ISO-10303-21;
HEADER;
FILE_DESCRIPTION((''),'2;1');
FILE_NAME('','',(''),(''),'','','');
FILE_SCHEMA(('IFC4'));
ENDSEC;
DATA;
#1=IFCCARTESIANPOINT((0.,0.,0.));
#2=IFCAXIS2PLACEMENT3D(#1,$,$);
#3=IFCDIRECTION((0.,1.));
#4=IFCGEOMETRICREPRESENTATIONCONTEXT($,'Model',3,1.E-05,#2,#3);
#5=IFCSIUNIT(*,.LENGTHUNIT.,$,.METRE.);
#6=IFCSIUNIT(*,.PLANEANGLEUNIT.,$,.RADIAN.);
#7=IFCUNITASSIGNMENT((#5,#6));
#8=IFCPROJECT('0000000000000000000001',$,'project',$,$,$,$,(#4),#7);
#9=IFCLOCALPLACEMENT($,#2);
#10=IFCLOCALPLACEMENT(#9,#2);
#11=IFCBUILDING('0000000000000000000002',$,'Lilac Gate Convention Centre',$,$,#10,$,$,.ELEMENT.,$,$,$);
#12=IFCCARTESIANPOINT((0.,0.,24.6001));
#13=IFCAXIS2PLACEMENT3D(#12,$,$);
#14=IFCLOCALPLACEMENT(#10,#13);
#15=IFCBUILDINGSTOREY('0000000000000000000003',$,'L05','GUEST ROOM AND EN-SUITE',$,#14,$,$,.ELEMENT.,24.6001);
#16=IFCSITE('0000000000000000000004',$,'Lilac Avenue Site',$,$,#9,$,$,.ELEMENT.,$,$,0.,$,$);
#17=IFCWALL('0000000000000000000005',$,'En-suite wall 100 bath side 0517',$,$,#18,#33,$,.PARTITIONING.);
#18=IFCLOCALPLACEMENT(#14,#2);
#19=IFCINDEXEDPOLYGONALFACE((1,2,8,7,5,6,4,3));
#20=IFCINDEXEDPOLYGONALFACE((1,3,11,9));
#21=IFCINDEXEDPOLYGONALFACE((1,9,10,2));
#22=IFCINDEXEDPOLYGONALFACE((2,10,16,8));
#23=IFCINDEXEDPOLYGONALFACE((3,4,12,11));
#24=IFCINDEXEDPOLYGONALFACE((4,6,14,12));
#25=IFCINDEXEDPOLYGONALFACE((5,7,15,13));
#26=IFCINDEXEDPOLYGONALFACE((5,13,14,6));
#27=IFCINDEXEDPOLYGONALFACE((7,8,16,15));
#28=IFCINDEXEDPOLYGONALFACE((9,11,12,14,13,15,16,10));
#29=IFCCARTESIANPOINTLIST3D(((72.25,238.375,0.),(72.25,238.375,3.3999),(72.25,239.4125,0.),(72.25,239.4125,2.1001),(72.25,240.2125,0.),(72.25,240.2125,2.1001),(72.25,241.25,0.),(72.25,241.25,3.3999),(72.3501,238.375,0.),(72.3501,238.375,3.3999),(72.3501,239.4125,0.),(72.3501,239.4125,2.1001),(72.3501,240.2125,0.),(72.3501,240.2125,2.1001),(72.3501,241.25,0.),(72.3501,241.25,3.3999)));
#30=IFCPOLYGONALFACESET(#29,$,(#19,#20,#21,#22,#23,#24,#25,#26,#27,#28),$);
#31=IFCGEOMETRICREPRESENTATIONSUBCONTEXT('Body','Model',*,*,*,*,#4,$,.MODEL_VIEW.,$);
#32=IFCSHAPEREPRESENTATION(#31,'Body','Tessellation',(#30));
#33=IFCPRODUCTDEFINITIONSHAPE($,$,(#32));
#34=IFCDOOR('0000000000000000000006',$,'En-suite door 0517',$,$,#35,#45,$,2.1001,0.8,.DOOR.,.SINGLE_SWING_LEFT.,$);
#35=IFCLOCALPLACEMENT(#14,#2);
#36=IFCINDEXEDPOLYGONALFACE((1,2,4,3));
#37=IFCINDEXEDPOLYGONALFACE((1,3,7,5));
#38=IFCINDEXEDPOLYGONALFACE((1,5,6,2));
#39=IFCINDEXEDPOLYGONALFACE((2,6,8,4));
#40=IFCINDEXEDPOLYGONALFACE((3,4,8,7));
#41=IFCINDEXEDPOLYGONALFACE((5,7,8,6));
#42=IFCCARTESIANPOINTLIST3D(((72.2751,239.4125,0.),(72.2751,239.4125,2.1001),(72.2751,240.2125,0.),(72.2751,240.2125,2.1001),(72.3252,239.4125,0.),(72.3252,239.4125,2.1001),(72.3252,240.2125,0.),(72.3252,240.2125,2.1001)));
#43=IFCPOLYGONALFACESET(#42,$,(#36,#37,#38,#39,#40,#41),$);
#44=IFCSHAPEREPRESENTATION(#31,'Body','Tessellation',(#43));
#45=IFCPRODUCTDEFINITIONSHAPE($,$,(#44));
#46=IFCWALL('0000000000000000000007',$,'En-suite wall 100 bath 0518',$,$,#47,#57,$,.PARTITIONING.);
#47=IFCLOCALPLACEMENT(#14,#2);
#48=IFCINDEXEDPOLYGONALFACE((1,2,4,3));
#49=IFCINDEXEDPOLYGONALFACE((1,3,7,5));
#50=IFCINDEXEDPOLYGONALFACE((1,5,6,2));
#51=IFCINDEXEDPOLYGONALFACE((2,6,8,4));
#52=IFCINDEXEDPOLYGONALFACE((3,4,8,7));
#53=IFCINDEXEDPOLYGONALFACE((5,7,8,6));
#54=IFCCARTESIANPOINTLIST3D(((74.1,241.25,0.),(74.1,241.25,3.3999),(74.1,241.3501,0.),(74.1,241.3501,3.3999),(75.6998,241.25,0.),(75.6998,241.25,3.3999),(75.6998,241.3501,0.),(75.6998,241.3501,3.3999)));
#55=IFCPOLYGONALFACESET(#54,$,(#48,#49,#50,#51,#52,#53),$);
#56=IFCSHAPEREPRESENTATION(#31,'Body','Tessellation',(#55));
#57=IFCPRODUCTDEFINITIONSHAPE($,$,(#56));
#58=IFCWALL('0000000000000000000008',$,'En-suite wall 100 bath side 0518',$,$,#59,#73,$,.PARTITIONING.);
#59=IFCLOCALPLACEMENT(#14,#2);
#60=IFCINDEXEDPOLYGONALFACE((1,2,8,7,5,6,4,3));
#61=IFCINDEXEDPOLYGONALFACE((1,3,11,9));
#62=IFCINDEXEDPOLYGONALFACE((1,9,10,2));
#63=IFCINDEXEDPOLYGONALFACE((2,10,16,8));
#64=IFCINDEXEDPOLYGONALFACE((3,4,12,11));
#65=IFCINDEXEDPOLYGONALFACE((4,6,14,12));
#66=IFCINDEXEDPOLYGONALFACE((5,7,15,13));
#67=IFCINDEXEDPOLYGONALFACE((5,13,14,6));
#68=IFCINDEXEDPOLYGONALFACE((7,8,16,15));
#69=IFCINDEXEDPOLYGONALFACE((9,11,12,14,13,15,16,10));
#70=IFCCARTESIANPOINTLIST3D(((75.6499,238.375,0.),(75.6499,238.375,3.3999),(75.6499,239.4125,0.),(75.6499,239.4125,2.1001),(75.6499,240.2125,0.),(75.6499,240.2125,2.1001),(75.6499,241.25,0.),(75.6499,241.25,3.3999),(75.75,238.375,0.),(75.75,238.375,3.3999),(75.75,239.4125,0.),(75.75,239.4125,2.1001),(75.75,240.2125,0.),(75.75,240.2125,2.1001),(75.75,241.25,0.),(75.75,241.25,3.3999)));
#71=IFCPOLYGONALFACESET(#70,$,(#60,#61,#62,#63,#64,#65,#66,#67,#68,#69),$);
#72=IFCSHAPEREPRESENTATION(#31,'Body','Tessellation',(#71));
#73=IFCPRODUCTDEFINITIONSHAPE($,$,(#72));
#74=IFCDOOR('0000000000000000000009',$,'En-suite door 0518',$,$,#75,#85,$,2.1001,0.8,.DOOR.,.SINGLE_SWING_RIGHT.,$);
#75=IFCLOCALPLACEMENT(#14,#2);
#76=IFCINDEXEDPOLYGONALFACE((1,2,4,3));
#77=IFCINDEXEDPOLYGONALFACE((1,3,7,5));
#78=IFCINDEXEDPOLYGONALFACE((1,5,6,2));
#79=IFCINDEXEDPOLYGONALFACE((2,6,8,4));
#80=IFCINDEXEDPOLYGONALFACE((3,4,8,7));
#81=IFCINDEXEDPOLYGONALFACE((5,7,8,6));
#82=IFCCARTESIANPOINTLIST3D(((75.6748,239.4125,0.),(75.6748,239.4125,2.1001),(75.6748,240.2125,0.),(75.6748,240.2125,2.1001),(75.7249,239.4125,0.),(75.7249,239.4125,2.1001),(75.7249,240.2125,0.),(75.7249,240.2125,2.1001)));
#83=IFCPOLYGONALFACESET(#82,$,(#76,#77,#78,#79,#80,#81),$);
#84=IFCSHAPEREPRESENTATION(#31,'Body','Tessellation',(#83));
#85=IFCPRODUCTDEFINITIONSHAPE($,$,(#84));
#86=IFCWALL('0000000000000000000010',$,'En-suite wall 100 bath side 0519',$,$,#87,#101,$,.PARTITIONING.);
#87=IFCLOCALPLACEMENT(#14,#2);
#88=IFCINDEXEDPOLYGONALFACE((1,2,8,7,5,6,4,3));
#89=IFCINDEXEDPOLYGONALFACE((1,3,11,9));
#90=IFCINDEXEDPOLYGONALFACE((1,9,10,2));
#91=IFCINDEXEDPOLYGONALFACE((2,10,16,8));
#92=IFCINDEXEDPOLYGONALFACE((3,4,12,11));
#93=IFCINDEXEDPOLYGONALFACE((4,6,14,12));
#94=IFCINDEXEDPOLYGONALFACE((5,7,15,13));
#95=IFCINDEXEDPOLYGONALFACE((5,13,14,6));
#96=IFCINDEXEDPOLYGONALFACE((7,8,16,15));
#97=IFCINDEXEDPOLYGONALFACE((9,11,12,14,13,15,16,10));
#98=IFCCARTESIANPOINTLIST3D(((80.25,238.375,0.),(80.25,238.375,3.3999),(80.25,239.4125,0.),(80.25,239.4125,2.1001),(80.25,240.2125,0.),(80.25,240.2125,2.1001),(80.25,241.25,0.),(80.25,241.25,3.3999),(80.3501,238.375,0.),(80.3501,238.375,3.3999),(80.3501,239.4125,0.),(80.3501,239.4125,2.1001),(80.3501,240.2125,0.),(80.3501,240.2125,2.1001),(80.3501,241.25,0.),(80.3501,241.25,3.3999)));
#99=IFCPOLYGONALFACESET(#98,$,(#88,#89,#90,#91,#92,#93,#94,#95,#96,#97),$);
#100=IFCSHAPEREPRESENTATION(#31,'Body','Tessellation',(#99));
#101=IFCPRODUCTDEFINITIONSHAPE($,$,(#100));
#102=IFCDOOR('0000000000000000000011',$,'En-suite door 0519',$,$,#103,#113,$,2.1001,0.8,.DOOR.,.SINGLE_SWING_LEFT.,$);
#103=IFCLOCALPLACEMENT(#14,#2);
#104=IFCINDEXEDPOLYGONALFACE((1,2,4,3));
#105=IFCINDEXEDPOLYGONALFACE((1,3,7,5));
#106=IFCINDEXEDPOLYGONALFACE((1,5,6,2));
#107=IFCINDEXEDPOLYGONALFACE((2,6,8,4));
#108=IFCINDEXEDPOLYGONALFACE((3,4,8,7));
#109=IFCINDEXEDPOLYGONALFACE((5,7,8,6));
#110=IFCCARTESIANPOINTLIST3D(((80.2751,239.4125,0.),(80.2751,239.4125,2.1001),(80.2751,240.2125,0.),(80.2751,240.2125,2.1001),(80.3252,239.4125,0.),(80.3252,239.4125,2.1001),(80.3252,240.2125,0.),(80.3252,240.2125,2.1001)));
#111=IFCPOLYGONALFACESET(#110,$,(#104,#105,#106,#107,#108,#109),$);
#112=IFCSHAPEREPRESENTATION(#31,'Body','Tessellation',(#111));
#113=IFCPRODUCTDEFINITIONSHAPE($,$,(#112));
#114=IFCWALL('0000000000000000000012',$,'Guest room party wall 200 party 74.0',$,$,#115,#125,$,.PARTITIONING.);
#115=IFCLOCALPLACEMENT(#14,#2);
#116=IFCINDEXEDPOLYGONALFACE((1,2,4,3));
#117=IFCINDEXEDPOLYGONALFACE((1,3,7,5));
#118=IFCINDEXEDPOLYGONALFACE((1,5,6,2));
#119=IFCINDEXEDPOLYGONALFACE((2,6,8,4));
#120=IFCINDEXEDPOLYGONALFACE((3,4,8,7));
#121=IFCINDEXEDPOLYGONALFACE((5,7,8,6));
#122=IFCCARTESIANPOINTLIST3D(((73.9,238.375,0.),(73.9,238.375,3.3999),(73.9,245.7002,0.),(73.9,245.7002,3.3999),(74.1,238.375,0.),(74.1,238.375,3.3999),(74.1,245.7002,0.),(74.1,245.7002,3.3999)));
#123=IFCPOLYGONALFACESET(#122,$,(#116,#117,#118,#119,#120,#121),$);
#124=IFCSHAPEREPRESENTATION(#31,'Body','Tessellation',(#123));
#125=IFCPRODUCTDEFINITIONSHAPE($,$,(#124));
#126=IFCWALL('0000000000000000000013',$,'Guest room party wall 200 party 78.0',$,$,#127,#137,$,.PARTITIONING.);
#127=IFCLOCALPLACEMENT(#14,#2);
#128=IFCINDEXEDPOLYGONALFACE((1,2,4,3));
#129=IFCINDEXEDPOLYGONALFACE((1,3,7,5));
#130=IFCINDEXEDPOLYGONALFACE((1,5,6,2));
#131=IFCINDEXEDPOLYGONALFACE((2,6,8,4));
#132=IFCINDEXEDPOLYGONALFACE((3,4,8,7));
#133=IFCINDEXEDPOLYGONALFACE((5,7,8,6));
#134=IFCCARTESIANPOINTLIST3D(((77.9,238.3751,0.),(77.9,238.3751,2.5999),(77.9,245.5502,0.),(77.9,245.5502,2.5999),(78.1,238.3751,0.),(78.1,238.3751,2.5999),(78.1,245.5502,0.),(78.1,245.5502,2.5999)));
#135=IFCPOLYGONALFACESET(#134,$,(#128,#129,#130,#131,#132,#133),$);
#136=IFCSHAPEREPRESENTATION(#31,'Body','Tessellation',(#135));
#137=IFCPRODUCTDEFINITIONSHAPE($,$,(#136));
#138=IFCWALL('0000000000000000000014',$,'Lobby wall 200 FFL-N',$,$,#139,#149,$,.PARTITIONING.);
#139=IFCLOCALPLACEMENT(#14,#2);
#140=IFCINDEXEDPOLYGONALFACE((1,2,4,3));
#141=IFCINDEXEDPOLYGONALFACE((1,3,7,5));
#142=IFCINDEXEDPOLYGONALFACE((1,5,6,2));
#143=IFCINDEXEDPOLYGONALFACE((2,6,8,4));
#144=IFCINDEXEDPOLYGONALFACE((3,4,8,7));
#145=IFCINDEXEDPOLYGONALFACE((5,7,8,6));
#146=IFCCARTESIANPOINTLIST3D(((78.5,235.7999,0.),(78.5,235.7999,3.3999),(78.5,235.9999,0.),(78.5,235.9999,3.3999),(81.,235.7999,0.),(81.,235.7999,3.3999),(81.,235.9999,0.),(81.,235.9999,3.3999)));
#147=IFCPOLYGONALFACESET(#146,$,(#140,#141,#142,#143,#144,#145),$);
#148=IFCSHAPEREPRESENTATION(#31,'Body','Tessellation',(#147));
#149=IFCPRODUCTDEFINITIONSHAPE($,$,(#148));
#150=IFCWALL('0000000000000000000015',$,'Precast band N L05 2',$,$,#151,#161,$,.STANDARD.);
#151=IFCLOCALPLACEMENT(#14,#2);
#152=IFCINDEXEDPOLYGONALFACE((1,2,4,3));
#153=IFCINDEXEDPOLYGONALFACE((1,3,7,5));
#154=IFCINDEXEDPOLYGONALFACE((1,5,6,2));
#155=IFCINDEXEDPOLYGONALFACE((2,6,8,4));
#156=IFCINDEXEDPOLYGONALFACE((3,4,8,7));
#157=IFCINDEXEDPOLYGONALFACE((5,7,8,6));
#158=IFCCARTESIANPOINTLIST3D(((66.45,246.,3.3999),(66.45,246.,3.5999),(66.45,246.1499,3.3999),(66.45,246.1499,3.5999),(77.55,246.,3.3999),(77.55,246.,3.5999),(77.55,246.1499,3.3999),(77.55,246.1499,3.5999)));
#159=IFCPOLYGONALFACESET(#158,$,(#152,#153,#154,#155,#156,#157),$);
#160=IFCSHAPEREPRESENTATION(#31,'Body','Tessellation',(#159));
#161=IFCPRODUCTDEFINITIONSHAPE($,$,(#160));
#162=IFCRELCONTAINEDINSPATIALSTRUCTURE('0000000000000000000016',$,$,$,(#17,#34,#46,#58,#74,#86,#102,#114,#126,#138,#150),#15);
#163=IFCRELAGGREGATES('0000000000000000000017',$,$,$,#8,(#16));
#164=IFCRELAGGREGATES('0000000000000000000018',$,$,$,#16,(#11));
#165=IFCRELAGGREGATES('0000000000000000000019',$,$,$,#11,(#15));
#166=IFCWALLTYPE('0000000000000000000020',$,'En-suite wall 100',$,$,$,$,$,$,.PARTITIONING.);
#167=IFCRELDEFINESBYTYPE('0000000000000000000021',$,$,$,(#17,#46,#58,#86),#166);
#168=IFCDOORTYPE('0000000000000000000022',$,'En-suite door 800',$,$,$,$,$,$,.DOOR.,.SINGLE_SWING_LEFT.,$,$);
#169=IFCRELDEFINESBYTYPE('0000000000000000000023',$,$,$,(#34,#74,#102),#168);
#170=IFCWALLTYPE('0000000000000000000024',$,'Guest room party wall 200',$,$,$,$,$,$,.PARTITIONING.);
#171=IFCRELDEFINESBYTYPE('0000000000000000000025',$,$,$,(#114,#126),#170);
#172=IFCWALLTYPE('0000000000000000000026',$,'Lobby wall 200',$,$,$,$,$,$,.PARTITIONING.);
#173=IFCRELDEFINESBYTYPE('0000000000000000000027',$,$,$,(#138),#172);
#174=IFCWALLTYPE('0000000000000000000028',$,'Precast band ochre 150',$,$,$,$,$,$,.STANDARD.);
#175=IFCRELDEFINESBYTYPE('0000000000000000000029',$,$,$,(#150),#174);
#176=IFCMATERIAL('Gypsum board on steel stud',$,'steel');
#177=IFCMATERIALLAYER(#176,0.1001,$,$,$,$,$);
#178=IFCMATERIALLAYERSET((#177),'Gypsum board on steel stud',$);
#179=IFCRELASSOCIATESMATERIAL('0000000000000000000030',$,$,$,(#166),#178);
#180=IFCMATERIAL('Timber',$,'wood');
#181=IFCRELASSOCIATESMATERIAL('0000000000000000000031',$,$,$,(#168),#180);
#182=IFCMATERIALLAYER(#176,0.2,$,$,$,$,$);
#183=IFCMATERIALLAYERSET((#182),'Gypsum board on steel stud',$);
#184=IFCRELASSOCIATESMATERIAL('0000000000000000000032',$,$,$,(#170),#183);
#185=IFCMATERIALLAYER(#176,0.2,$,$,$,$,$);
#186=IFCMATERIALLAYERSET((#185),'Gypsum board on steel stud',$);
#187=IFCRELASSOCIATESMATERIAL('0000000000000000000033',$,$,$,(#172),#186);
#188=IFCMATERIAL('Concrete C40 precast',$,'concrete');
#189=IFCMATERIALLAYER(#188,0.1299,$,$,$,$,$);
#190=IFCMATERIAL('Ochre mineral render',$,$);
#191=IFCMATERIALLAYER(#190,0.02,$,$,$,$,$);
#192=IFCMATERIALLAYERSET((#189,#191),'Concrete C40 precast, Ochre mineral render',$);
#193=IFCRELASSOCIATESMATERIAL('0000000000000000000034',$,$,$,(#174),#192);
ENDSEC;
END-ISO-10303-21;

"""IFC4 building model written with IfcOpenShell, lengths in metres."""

from ifc_helpers import new_model, si_unit, direction, frame, frame_2d, origin, place, context, subcontext, project, spatial, rectangle, extrude, material, layer, layer_set, type_object, element, fill, save


model = new_model("IFC4")

# Units and contexts
model_context = context("Model", 3, precision=1e-05, world=origin(), true_north=direction((0.0, 1.0)))
body_context = subcontext(model_context, "Body", "Model", "MODEL_VIEW")
ifc_project = project(units=[si_unit("LENGTHUNIT", "METRE"), si_unit("PLANEANGLEUNIT", "RADIAN")], contexts=[model_context])

# Site, building, storey
site_placement = place(None, origin())
site = spatial("IfcSite", under=ifc_project, at=site_placement, Name="Lilac Avenue Site", CompositionType="ELEMENT", RefElevation=0.0)
building_placement = place(site_placement, origin())
building = spatial("IfcBuilding", under=site, at=building_placement, Name="Lilac Gate Convention Centre", CompositionType="ELEMENT")
storey_placement = place(building_placement, frame((0.0, 0.0, 24.6001)))
storey = spatial("IfcBuildingStorey", under=building, at=storey_placement, Name="L05", Description="GUEST ROOM AND EN-SUITE", CompositionType="ELEMENT", Elevation=24.6001)

# Shared definitions
ifc_material_1 = material(Name="Gypsum board on steel stud", Category="steel")
ifc_material_2 = material(Name="Timber", Category="wood")

# Shared definitions
ifc_layer_1 = layer(ifc_material_1, 0.1001)
ifc_layer_set_1 = layer_set([ifc_layer_1], Name="Gypsum board on steel stud")
wall_type_1 = type_object("IfcWallType", Name="En-suite wall 100", PredefinedType="PARTITIONING", material=ifc_layer_set_1)

# Wall, opening, door
wall_1_placement = place(storey_placement, frame((72.3, 238.375, 0.0), z_axis=(0.0, 0.0, 1.0), x_axis=(0.0, 1.0, 0.0)))
wall_1 = element("IfcWall", 1, at=wall_1_placement, inside=storey, type_object=wall_type_1, Name="En-suite wall 100 bath side 0517", PredefinedType="PARTITIONING", context=body_context, shape_type="SweptSolid", body=[
    extrude(rectangle(XDim=2.875, YDim=0.1001, at=frame_2d((1.4375, 0.0))), origin(), (0.0, 0.0, 1.0), 3.3999),
])
opening_1_placement = place(wall_1_placement, frame((1.0376, 0.0, 0.0)))
opening_1 = element("IfcOpeningElement", 2, at=opening_1_placement, cuts=wall_1, PredefinedType="OPENING", context=body_context, shape_type="SweptSolid", body=[
    extrude(rectangle(XDim=0.8, YDim=2.1001, at=frame_2d((0.3999, 1.05))), frame((0.0, 0.0601, 0.0), z_axis=(0.0, -1.0, 0.0), x_axis=(1.0, 0.0, 0.0)), (0.0, 0.0, 1.0), 0.1201),
])
door_type_1 = type_object("IfcDoorType", Name="En-suite door 800", OperationType="SINGLE_SWING_LEFT", PredefinedType="DOOR", material=ifc_material_2)
door_1_placement = place(opening_1_placement, origin())
door_1 = element("IfcDoor", 3, at=door_1_placement, inside=storey, type_object=door_type_1, Name="En-suite door 0517", OperationType="SINGLE_SWING_LEFT", OverallHeight=2.1001, OverallWidth=0.8, PredefinedType="DOOR", context=body_context, shape_type="SweptSolid", body=[
    extrude(rectangle(XDim=0.8, YDim=2.1001, at=frame_2d((0.3999, 1.05))), frame((0.0, 0.0249, 0.0), z_axis=(0.0, -1.0, 0.0), x_axis=(1.0, 0.0, 0.0)), (0.0, 0.0, 1.0), 0.05),
])
fill(opening_1, door_1)

# Wall
wall_2_placement = place(storey_placement, frame((74.1001, 241.3, 0.0), z_axis=(0.0, 0.0, 1.0), x_axis=(1.0, 0.0, 0.0)))
element("IfcWall", 4, at=wall_2_placement, inside=storey, type_object=wall_type_1, Name="En-suite wall 100 bath 0518", PredefinedType="PARTITIONING", context=body_context, shape_type="SweptSolid", body=[
    extrude(rectangle(XDim=1.5999, YDim=0.1001, at=frame_2d((0.7998, 0.0))), origin(), (0.0, 0.0, 1.0), 3.3999),
])

# Walls, openings, doors
wall_3_placement = place(storey_placement, frame((75.7, 241.25, 0.0), z_axis=(0.0, 0.0, 1.0), x_axis=(0.0, -1.0, 0.0)))
wall_3 = element("IfcWall", 5, at=wall_3_placement, inside=storey, type_object=wall_type_1, Name="En-suite wall 100 bath side 0518", PredefinedType="PARTITIONING", context=body_context, shape_type="SweptSolid", body=[
    extrude(rectangle(XDim=2.875, YDim=0.1001, at=frame_2d((1.4375, 0.0))), origin(), (0.0, 0.0, 1.0), 3.3999),
])
opening_2_placement = place(wall_3_placement, frame((1.0376, 0.0, 0.0)))
opening_2 = element("IfcOpeningElement", 6, at=opening_2_placement, cuts=wall_3, PredefinedType="OPENING", context=body_context, shape_type="SweptSolid", body=[
    extrude(rectangle(XDim=0.8, YDim=2.1001, at=frame_2d((0.3999, 1.05))), frame((0.0, 0.0601, 0.0), z_axis=(0.0, -1.0, 0.0), x_axis=(1.0, 0.0, 0.0)), (0.0, 0.0, 1.0), 0.1201),
])
door_2_placement = place(opening_2_placement, origin())
door_2 = element("IfcDoor", 7, at=door_2_placement, inside=storey, type_object=door_type_1, Name="En-suite door 0518", OperationType="SINGLE_SWING_RIGHT", OverallHeight=2.1001, OverallWidth=0.8, PredefinedType="DOOR", context=body_context, shape_type="SweptSolid", body=[
    extrude(rectangle(XDim=0.8, YDim=2.1001, at=frame_2d((0.3999, 1.05))), frame((0.0, 0.0249, 0.0), z_axis=(0.0, -1.0, 0.0), x_axis=(1.0, 0.0, 0.0)), (0.0, 0.0, 1.0), 0.05),
])
fill(opening_2, door_2)
wall_4_placement = place(storey_placement, frame((80.3, 238.375, 0.0), z_axis=(0.0, 0.0, 1.0), x_axis=(0.0, 1.0, 0.0)))
wall_4 = element("IfcWall", 8, at=wall_4_placement, inside=storey, type_object=wall_type_1, Name="En-suite wall 100 bath side 0519", PredefinedType="PARTITIONING", context=body_context, shape_type="SweptSolid", body=[
    extrude(rectangle(XDim=2.875, YDim=0.1001, at=frame_2d((1.4375, 0.0))), origin(), (0.0, 0.0, 1.0), 3.3999),
])
opening_3_placement = place(wall_4_placement, frame((1.0376, 0.0, 0.0)))
opening_3 = element("IfcOpeningElement", 9, at=opening_3_placement, cuts=wall_4, PredefinedType="OPENING", context=body_context, shape_type="SweptSolid", body=[
    extrude(rectangle(XDim=0.8, YDim=2.1001, at=frame_2d((0.3999, 1.05))), frame((0.0, 0.0601, 0.0), z_axis=(0.0, -1.0, 0.0), x_axis=(1.0, 0.0, 0.0)), (0.0, 0.0, 1.0), 0.1201),
])
door_3_placement = place(opening_3_placement, origin())
door_3 = element("IfcDoor", 10, at=door_3_placement, inside=storey, type_object=door_type_1, Name="En-suite door 0519", OperationType="SINGLE_SWING_LEFT", OverallHeight=2.1001, OverallWidth=0.8, PredefinedType="DOOR", context=body_context, shape_type="SweptSolid", body=[
    extrude(rectangle(XDim=0.8, YDim=2.1001, at=frame_2d((0.3999, 1.05))), frame((0.0, 0.0249, 0.0), z_axis=(0.0, -1.0, 0.0), x_axis=(1.0, 0.0, 0.0)), (0.0, 0.0, 1.0), 0.05),
])
fill(opening_3, door_3)

# Walls
ifc_layer_2 = layer(ifc_material_1, 0.2)
ifc_layer_set_2 = layer_set([ifc_layer_2], Name="Gypsum board on steel stud")
wall_type_2 = type_object("IfcWallType", Name="Guest room party wall 200", PredefinedType="PARTITIONING", material=ifc_layer_set_2)
wall_5_placement = place(storey_placement, frame((74.0, 245.7002, 0.0), z_axis=(0.0, 0.0, 1.0), x_axis=(0.0, -1.0, 0.0)))
element("IfcWall", 11, at=wall_5_placement, inside=storey, type_object=wall_type_2, Name="Guest room party wall 200 party 74.0", PredefinedType="PARTITIONING", context=body_context, shape_type="SweptSolid", body=[
    extrude(rectangle(XDim=7.3252, YDim=0.2, at=frame_2d((3.6626, 0.0))), origin(), (0.0, 0.0, 1.0), 3.3999),
])
wall_6_placement = place(storey_placement, frame((78.0, 245.55, 0.0), z_axis=(0.0, 0.0, 1.0), x_axis=(0.0, -1.0, 0.0)))
element("IfcWall", 12, at=wall_6_placement, inside=storey, type_object=wall_type_2, Name="Guest room party wall 200 party 78.0", PredefinedType="PARTITIONING", context=body_context, shape_type="SweptSolid", body=[
    extrude(rectangle(XDim=7.175, YDim=0.2, at=frame_2d((3.5874, 0.0))), origin(), (0.0, 0.0, 1.0), 2.5999),
])
ifc_layer_3 = layer(ifc_material_1, 0.2)
ifc_layer_set_3 = layer_set([ifc_layer_3], Name="Gypsum board on steel stud")
wall_type_3 = type_object("IfcWallType", Name="Lobby wall 200", PredefinedType="PARTITIONING", material=ifc_layer_set_3)
wall_7_placement = place(storey_placement, frame((78.5, 235.8999, 0.0), z_axis=(0.0, 0.0, 1.0), x_axis=(1.0, 0.0, 0.0)))
element("IfcWall", 13, at=wall_7_placement, inside=storey, type_object=wall_type_3, Name="Lobby wall 200 FFL-N", PredefinedType="PARTITIONING", context=body_context, shape_type="SweptSolid", body=[
    extrude(rectangle(XDim=2.5, YDim=0.2, at=frame_2d((1.25, 0.0))), origin(), (0.0, 0.0, 1.0), 3.3999),
])
ifc_material_3 = material(Name="Concrete C40 precast", Category="concrete")
ifc_layer_4 = layer(ifc_material_3, 0.1299)
ifc_material_4 = material(Name="Ochre mineral render")
ifc_layer_5 = layer(ifc_material_4, 0.02)
ifc_layer_set_4 = layer_set([ifc_layer_4, ifc_layer_5], Name="Concrete C40 precast, Ochre mineral render")
wall_type_4 = type_object("IfcWallType", Name="Precast band ochre 150", PredefinedType="STANDARD", material=ifc_layer_set_4)
wall_8_placement = place(storey_placement, frame((77.55, 246.075, 3.3999), z_axis=(0.0, 0.0, 1.0), x_axis=(-1.0, 0.0, 0.0)))
element("IfcWall", 14, at=wall_8_placement, inside=storey, type_object=wall_type_4, Name="Precast band N L05 2", PredefinedType="STANDARD", context=body_context, shape_type="SweptSolid", body=[
    extrude(rectangle(XDim=11.1001, YDim=0.1499, at=frame_2d((5.55, 0.0))), origin(), (0.0, 0.0, 1.0), 0.2),
])

save(model, "model.ifc")
